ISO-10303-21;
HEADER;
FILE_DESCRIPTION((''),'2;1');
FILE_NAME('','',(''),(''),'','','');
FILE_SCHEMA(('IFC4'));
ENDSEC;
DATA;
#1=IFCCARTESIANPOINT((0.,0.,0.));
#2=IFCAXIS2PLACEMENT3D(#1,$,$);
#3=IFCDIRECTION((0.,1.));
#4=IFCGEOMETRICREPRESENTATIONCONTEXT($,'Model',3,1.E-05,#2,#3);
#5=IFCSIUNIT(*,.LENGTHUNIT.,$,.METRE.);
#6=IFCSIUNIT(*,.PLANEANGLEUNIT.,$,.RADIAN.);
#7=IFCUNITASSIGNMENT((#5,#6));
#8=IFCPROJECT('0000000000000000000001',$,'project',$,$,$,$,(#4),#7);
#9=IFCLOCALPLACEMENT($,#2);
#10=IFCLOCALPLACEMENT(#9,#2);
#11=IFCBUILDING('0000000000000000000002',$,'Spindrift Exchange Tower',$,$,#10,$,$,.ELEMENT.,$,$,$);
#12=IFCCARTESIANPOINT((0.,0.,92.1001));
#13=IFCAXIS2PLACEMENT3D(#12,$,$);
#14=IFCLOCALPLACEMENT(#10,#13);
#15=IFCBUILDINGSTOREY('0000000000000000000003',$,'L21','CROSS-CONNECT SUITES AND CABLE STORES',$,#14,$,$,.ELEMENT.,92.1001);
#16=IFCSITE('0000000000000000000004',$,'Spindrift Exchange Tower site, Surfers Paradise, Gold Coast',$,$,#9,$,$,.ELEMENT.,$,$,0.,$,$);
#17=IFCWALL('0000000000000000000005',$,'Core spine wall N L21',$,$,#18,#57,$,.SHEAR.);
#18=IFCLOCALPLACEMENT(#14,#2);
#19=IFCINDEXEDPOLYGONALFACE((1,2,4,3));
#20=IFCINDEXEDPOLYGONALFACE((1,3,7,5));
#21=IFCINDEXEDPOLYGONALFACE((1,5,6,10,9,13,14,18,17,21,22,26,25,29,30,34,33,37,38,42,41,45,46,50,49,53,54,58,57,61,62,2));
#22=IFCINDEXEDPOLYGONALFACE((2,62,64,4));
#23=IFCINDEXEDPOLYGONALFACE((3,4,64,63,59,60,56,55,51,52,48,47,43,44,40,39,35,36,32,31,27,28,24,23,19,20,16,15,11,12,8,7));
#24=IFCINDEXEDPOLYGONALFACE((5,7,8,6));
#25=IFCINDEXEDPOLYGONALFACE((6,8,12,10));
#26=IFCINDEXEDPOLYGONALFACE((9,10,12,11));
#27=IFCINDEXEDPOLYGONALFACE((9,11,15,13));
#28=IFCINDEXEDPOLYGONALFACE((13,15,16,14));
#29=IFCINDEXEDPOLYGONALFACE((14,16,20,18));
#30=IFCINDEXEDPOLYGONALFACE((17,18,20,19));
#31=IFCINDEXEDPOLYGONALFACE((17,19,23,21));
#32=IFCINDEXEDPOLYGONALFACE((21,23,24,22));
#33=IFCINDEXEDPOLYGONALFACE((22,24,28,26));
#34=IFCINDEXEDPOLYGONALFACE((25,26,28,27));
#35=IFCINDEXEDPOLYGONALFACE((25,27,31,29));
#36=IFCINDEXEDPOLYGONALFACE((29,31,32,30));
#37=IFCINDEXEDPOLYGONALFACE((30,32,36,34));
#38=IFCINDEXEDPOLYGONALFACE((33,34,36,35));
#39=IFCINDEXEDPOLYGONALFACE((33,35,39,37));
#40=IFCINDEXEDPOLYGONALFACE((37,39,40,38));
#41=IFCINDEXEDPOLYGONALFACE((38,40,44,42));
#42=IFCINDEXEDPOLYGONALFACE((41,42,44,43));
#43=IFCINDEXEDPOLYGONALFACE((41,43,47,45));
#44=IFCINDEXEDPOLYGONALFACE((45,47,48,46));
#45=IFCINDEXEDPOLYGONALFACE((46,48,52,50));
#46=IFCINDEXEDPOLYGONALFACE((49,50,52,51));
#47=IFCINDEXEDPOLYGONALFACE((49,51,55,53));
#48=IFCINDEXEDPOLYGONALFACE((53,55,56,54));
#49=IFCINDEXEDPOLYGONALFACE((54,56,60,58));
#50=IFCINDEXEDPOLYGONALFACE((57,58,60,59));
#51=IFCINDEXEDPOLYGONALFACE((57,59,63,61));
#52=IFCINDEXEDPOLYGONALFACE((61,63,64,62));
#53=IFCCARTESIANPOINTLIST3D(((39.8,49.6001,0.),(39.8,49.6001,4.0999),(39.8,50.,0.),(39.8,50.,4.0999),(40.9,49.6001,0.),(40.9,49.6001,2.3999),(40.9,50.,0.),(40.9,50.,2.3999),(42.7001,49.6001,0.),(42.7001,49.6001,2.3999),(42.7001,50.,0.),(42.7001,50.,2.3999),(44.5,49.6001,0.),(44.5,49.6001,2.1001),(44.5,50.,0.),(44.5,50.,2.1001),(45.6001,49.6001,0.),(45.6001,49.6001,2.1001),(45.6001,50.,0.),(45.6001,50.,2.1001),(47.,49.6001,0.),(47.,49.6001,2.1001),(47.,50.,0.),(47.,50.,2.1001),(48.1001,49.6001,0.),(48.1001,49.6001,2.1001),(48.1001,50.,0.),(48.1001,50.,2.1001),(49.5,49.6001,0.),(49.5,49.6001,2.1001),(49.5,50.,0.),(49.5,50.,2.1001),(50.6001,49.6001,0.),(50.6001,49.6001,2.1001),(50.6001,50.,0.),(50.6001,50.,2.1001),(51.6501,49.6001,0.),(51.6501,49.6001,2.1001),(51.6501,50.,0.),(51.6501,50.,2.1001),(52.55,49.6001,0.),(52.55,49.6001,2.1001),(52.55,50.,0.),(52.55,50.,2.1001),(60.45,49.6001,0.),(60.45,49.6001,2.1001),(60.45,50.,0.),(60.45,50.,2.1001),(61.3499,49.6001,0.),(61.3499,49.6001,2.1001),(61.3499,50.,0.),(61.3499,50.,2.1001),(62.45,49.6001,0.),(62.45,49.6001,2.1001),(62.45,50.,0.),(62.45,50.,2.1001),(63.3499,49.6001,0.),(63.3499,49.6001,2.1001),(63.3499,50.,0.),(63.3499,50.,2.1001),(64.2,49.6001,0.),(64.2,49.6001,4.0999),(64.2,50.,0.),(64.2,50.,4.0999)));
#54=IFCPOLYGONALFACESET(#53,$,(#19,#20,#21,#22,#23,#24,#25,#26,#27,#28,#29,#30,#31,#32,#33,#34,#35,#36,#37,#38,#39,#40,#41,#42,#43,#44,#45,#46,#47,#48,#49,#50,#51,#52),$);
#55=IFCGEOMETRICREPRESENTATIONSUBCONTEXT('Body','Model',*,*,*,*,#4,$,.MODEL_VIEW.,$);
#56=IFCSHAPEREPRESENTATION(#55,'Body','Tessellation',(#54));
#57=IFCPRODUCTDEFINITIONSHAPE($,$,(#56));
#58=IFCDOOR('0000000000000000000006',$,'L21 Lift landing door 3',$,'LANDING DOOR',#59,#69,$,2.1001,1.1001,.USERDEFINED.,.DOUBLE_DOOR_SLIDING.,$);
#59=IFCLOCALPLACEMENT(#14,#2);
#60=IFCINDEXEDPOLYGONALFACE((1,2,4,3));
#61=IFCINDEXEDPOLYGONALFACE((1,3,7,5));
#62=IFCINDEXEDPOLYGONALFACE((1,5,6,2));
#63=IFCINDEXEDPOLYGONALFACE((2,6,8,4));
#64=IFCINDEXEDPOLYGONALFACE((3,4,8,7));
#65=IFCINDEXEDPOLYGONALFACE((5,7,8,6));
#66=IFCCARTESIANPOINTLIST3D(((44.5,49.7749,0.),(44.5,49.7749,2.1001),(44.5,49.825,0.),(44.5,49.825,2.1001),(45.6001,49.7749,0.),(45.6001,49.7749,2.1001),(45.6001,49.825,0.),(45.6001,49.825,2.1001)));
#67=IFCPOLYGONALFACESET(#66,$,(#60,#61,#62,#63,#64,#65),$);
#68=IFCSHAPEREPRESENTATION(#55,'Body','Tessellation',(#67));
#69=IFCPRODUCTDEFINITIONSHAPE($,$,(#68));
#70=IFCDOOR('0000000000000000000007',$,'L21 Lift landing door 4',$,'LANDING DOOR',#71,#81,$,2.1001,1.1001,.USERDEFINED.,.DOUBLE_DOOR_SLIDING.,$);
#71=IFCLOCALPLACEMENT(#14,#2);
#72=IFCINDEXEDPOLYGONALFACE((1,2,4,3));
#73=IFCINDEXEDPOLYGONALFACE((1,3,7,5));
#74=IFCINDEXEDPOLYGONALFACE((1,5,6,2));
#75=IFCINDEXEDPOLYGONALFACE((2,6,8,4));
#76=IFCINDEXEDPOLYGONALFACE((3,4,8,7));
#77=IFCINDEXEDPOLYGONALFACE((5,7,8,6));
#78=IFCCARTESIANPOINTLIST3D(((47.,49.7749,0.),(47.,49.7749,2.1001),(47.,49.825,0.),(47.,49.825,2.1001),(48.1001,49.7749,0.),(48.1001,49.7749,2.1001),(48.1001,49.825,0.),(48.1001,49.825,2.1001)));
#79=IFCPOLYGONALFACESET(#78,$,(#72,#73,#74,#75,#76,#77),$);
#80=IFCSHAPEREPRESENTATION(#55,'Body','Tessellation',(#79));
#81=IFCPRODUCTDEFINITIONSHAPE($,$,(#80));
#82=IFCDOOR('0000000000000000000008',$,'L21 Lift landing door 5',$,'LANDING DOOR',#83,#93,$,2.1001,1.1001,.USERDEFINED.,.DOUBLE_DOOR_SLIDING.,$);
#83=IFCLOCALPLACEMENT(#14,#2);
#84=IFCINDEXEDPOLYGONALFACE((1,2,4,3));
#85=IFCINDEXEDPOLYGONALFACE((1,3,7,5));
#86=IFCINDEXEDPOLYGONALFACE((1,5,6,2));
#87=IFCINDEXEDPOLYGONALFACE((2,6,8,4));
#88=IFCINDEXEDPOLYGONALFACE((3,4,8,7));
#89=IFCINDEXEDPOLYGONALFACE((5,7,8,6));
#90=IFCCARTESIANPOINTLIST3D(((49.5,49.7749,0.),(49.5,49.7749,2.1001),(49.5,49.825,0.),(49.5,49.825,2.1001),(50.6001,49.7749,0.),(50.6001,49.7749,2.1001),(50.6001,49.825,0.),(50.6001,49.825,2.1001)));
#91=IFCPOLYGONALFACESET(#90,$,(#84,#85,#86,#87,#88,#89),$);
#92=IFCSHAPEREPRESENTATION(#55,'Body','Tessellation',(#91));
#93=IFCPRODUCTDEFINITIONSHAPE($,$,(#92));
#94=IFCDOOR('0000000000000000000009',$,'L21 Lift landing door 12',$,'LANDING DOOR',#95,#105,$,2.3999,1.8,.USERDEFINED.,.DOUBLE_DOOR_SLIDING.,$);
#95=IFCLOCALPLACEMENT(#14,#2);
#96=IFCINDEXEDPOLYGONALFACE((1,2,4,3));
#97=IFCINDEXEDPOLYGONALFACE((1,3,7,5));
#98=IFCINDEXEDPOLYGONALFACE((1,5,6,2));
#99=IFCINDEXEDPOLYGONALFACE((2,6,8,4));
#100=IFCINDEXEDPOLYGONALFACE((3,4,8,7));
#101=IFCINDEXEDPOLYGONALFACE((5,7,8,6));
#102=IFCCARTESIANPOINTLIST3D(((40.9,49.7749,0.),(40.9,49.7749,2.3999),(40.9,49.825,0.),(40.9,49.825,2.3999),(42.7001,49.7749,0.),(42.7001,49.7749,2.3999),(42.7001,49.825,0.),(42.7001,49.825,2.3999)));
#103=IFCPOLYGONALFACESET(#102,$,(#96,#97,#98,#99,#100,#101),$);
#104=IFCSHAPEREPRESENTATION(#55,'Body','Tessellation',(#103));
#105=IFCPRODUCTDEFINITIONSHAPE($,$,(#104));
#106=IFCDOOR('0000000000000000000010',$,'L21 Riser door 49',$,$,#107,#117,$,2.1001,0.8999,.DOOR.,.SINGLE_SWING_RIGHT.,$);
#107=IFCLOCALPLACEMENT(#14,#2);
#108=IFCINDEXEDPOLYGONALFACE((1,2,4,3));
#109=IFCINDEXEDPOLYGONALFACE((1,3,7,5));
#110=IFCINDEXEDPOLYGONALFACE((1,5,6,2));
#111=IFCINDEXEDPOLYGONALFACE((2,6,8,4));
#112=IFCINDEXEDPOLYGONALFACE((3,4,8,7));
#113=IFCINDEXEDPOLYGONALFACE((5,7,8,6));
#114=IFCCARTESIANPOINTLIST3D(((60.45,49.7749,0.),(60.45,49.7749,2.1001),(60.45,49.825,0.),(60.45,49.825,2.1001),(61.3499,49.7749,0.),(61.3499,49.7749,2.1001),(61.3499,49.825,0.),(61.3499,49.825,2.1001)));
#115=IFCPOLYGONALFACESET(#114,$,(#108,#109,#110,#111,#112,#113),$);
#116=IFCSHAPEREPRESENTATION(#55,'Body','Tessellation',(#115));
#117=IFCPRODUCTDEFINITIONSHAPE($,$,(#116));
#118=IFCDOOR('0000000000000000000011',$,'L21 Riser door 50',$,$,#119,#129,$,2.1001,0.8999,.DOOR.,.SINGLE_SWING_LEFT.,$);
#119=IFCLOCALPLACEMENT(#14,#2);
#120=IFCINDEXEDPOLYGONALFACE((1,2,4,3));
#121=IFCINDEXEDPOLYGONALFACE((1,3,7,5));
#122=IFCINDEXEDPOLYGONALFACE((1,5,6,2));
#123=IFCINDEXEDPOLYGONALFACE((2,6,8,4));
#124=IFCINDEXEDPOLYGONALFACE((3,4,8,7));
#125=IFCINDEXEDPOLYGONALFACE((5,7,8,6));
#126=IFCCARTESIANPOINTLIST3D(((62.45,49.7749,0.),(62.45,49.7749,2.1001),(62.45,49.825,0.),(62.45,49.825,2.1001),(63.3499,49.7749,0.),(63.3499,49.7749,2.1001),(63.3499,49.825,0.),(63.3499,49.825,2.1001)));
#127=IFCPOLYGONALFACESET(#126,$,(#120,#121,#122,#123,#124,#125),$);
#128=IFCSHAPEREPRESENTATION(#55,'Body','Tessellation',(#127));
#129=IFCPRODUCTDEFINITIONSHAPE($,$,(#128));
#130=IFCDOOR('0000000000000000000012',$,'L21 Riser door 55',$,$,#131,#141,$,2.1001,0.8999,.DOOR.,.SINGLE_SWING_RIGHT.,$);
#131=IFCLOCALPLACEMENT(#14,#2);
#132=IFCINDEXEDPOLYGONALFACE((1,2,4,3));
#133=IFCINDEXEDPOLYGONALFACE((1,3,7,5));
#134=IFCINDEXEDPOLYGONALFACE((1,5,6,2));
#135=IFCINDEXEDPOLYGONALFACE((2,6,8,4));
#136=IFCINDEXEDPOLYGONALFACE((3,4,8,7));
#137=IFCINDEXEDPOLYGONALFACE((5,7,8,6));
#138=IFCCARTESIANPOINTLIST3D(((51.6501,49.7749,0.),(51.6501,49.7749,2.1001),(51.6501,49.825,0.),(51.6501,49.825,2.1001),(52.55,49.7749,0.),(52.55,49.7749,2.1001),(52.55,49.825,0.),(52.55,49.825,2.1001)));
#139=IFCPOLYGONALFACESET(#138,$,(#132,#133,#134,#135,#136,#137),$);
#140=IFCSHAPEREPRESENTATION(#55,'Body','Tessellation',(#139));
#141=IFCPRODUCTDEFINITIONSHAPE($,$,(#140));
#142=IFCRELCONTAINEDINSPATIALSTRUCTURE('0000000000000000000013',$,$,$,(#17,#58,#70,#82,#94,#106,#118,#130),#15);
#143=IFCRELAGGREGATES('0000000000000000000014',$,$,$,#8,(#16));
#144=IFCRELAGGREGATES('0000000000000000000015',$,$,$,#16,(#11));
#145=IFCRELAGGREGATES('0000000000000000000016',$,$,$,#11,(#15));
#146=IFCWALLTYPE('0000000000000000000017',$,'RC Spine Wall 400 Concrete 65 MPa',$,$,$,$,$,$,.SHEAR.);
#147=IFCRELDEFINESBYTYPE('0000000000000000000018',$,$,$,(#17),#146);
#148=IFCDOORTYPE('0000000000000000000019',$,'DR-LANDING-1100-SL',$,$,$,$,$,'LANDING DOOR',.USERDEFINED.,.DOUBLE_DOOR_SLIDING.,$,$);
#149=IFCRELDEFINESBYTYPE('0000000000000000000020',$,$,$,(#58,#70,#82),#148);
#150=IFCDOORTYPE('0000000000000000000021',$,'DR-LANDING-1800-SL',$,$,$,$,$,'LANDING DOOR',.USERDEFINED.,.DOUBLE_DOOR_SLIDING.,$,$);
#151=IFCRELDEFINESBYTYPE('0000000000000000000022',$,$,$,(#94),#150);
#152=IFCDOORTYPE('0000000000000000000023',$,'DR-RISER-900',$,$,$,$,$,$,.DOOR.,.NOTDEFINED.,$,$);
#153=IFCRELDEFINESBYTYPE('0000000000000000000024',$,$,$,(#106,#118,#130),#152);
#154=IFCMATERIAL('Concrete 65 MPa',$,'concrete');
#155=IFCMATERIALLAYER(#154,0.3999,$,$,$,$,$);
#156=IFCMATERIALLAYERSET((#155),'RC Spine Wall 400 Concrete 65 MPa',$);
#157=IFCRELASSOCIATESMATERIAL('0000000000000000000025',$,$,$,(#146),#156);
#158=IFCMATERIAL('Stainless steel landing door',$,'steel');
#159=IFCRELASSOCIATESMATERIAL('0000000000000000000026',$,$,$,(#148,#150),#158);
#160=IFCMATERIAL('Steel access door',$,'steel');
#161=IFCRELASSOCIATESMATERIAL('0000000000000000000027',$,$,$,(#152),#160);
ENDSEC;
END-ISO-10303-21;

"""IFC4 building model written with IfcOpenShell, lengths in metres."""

from ifc_helpers import new_model, si_unit, direction, frame, frame_2d, origin, place, context, subcontext, project, spatial, rectangle, extrude, source, transform, mapped, material, layer, layer_set, type_object, element, fill, save


model = new_model("IFC4")

# Units and contexts
model_context = context("Model", 3, precision=1e-05, world=origin(), true_north=direction((0.0, 1.0)))
body_context = subcontext(model_context, "Body", "Model", "MODEL_VIEW")
ifc_project = project(units=[si_unit("LENGTHUNIT", "METRE"), si_unit("PLANEANGLEUNIT", "RADIAN")], contexts=[model_context])

# Site, building, storey
site_placement = place(None, origin())
site = spatial("IfcSite", under=ifc_project, at=site_placement, Name="Spindrift Exchange Tower site, Surfers Paradise, Gold Coast", CompositionType="ELEMENT", RefElevation=0.0)
building_placement = place(site_placement, origin())
building = spatial("IfcBuilding", under=site, at=building_placement, Name="Spindrift Exchange Tower", CompositionType="ELEMENT")
storey_placement = place(building_placement, frame((0.0, 0.0, 92.1001)))
storey = spatial("IfcBuildingStorey", under=building, at=storey_placement, Name="L21", Description="CROSS-CONNECT SUITES AND CABLE STORES", CompositionType="ELEMENT", Elevation=92.1001)

# Wall, openings, doors
ifc_material_1 = material(Name="Concrete 65 MPa", Category="concrete")
ifc_layer_1 = layer(ifc_material_1, 0.3999)
ifc_layer_set_1 = layer_set([ifc_layer_1], Name="RC Spine Wall 400 Concrete 65 MPa")
wall_type_1 = type_object("IfcWallType", Name="RC Spine Wall 400 Concrete 65 MPa", PredefinedType="SHEAR", material=ifc_layer_set_1)
wall_1_placement = place(storey_placement, frame((39.8, 49.8, 0.0), z_axis=(0.0, 0.0, 1.0), x_axis=(1.0, 0.0, 0.0)))
wall_1 = element("IfcWall", 1, at=wall_1_placement, inside=storey, type_object=wall_type_1, Name="Core spine wall N L21", PredefinedType="SHEAR", context=body_context, shape_type="SweptSolid", body=[
    extrude(rectangle(XDim=24.3999, YDim=0.3999, at=frame_2d((12.2, 0.0))), origin(), (0.0, 0.0, 1.0), 4.0999),
])
opening_1_placement = place(wall_1_placement, frame((4.7, 0.0, 0.0)))
opening_1 = element("IfcOpeningElement", 2, at=opening_1_placement, cuts=wall_1, PredefinedType="OPENING", context=body_context, shape_type="SweptSolid", body=[
    extrude(rectangle(XDim=1.1001, YDim=2.1001, at=frame_2d((0.55, 1.05))), frame((0.0, 0.21, 0.0), z_axis=(0.0, -1.0, 0.0), x_axis=(1.0, 0.0, 0.0)), (0.0, 0.0, 1.0), 0.4199),
])
opening_2_placement = place(wall_1_placement, frame((7.2, 0.0, 0.0)))
opening_2 = element("IfcOpeningElement", 3, at=opening_2_placement, cuts=wall_1, PredefinedType="OPENING", context=body_context, shape_type="SweptSolid", body=[
    extrude(rectangle(XDim=1.1001, YDim=2.1001, at=frame_2d((0.55, 1.05))), frame((0.0, 0.21, 0.0), z_axis=(0.0, -1.0, 0.0), x_axis=(1.0, 0.0, 0.0)), (0.0, 0.0, 1.0), 0.4199),
])
opening_3_placement = place(wall_1_placement, frame((9.7, 0.0, 0.0)))
opening_3 = element("IfcOpeningElement", 4, at=opening_3_placement, cuts=wall_1, PredefinedType="OPENING", context=body_context, shape_type="SweptSolid", body=[
    extrude(rectangle(XDim=1.1001, YDim=2.1001, at=frame_2d((0.55, 1.05))), frame((0.0, 0.21, 0.0), z_axis=(0.0, -1.0, 0.0), x_axis=(1.0, 0.0, 0.0)), (0.0, 0.0, 1.0), 0.4199),
])
opening_4_placement = place(wall_1_placement, frame((1.1001, 0.0, 0.0)))
opening_4 = element("IfcOpeningElement", 5, at=opening_4_placement, cuts=wall_1, PredefinedType="OPENING", context=body_context, shape_type="SweptSolid", body=[
    extrude(rectangle(XDim=1.8, YDim=2.3999, at=frame_2d((0.8999, 1.2))), frame((0.0, 0.21, 0.0), z_axis=(0.0, -1.0, 0.0), x_axis=(1.0, 0.0, 0.0)), (0.0, 0.0, 1.0), 0.4199),
])
opening_5_placement = place(wall_1_placement, frame((20.6499, 0.0, 0.0)))
opening_5 = element("IfcOpeningElement", 6, at=opening_5_placement, cuts=wall_1, PredefinedType="OPENING", context=body_context, shape_type="SweptSolid", body=[
    extrude(rectangle(XDim=0.8999, YDim=2.1001, at=frame_2d((0.45, 1.05))), frame((0.0, 0.21, 0.0), z_axis=(0.0, -1.0, 0.0), x_axis=(1.0, 0.0, 0.0)), (0.0, 0.0, 1.0), 0.4199),
])
opening_6_placement = place(wall_1_placement, frame((22.6499, 0.0, 0.0)))
opening_6 = element("IfcOpeningElement", 7, at=opening_6_placement, cuts=wall_1, PredefinedType="OPENING", context=body_context, shape_type="SweptSolid", body=[
    extrude(rectangle(XDim=0.8999, YDim=2.1001, at=frame_2d((0.45, 1.05))), frame((0.0, 0.21, 0.0), z_axis=(0.0, -1.0, 0.0), x_axis=(1.0, 0.0, 0.0)), (0.0, 0.0, 1.0), 0.4199),
])
opening_7_placement = place(wall_1_placement, frame((11.8501, 0.0, 0.0)))
opening_7 = element("IfcOpeningElement", 8, at=opening_7_placement, cuts=wall_1, PredefinedType="OPENING", context=body_context, shape_type="SweptSolid", body=[
    extrude(rectangle(XDim=0.8999, YDim=2.1001, at=frame_2d((0.45, 1.05))), frame((0.0, 0.21, 0.0), z_axis=(0.0, -1.0, 0.0), x_axis=(1.0, 0.0, 0.0)), (0.0, 0.0, 1.0), 0.4199),
])
ifc_material_2 = material(Name="Stainless steel landing door", Category="steel")
door_type_1 = type_object("IfcDoorType", Name="DR-LANDING-1100-SL", ElementType="LANDING DOOR", OperationType="DOUBLE_DOOR_SLIDING", PredefinedType="USERDEFINED", material=ifc_material_2)
shared_shape_1 = source(origin(), body_context, "Body", "SweptSolid", [
    extrude(rectangle(XDim=1.1001, YDim=2.1001, at=frame_2d((0.55, 1.05))), frame((0.0, 0.0249, 0.0), z_axis=(0.0, -1.0, 0.0), x_axis=(1.0, 0.0, 0.0)), (0.0, 0.0, 1.0), 0.05),
])
door_1_placement = place(opening_1_placement, origin())
door_1 = element("IfcDoor", 9, at=door_1_placement, inside=storey, type_object=door_type_1, Name="L21 Lift landing door 3", ObjectType="LANDING DOOR", OperationType="DOUBLE_DOOR_SLIDING", OverallHeight=2.1001, OverallWidth=1.1001, PredefinedType="USERDEFINED", context=body_context, shape_type="MappedRepresentation", body=[
    mapped(shared_shape_1, transform((0.0, 0.0, 0.0), scale=1.0)),
])
fill(opening_1, door_1)
door_2_placement = place(opening_2_placement, origin())
door_2 = element("IfcDoor", 10, at=door_2_placement, inside=storey, type_object=door_type_1, Name="L21 Lift landing door 4", ObjectType="LANDING DOOR", OperationType="DOUBLE_DOOR_SLIDING", OverallHeight=2.1001, OverallWidth=1.1001, PredefinedType="USERDEFINED", context=body_context, shape_type="MappedRepresentation", body=[
    mapped(shared_shape_1, transform((0.0, 0.0, 0.0), scale=1.0)),
])
fill(opening_2, door_2)
door_3_placement = place(opening_3_placement, origin())
door_3 = element("IfcDoor", 11, at=door_3_placement, inside=storey, type_object=door_type_1, Name="L21 Lift landing door 5", ObjectType="LANDING DOOR", OperationType="DOUBLE_DOOR_SLIDING", OverallHeight=2.1001, OverallWidth=1.1001, PredefinedType="USERDEFINED", context=body_context, shape_type="MappedRepresentation", body=[
    mapped(shared_shape_1, transform((0.0, 0.0, 0.0), scale=1.0)),
])
fill(opening_3, door_3)
door_type_2 = type_object("IfcDoorType", Name="DR-LANDING-1800-SL", ElementType="LANDING DOOR", OperationType="DOUBLE_DOOR_SLIDING", PredefinedType="USERDEFINED", material=ifc_material_2)
shared_shape_2 = source(origin(), body_context, "Body", "SweptSolid", [
    extrude(rectangle(XDim=1.8, YDim=2.3999, at=frame_2d((0.8999, 1.2))), frame((0.0, 0.0249, 0.0), z_axis=(0.0, -1.0, 0.0), x_axis=(1.0, 0.0, 0.0)), (0.0, 0.0, 1.0), 0.05),
])
door_4_placement = place(opening_4_placement, origin())
door_4 = element("IfcDoor", 12, at=door_4_placement, inside=storey, type_object=door_type_2, Name="L21 Lift landing door 12", ObjectType="LANDING DOOR", OperationType="DOUBLE_DOOR_SLIDING", OverallHeight=2.3999, OverallWidth=1.8, PredefinedType="USERDEFINED", context=body_context, shape_type="MappedRepresentation", body=[
    mapped(shared_shape_2, transform((0.0, 0.0, 0.0), scale=1.0)),
])
fill(opening_4, door_4)
ifc_material_3 = material(Name="Steel access door", Category="steel")
door_type_3 = type_object("IfcDoorType", Name="DR-RISER-900", OperationType="NOTDEFINED", PredefinedType="DOOR", material=ifc_material_3)
shared_shape_3 = source(origin(), body_context, "Body", "SweptSolid", [
    extrude(rectangle(XDim=0.8999, YDim=2.1001, at=frame_2d((0.45, 1.05))), frame((0.0, 0.0249, 0.0), z_axis=(0.0, -1.0, 0.0), x_axis=(1.0, 0.0, 0.0)), (0.0, 0.0, 1.0), 0.05),
])
door_5_placement = place(opening_5_placement, origin())
door_5 = element("IfcDoor", 13, at=door_5_placement, inside=storey, type_object=door_type_3, Name="L21 Riser door 49", OperationType="SINGLE_SWING_RIGHT", OverallHeight=2.1001, OverallWidth=0.8999, PredefinedType="DOOR", context=body_context, shape_type="MappedRepresentation", body=[
    mapped(shared_shape_3, transform((0.0, 0.0, 0.0), scale=1.0)),
])
fill(opening_5, door_5)
door_6_placement = place(opening_6_placement, origin())
door_6 = element("IfcDoor", 14, at=door_6_placement, inside=storey, type_object=door_type_3, Name="L21 Riser door 50", OperationType="SINGLE_SWING_LEFT", OverallHeight=2.1001, OverallWidth=0.8999, PredefinedType="DOOR", context=body_context, shape_type="MappedRepresentation", body=[
    mapped(shared_shape_3, transform((0.0, 0.0, 0.0), scale=1.0)),
])
fill(opening_6, door_6)
door_7_placement = place(opening_7_placement, origin())
door_7 = element("IfcDoor", 15, at=door_7_placement, inside=storey, type_object=door_type_3, Name="L21 Riser door 55", OperationType="SINGLE_SWING_RIGHT", OverallHeight=2.1001, OverallWidth=0.8999, PredefinedType="DOOR", context=body_context, shape_type="MappedRepresentation", body=[
    mapped(shared_shape_3, transform((0.0, 0.0, 0.0), scale=1.0)),
])
fill(opening_7, door_7)

save(model, "model.ifc")
